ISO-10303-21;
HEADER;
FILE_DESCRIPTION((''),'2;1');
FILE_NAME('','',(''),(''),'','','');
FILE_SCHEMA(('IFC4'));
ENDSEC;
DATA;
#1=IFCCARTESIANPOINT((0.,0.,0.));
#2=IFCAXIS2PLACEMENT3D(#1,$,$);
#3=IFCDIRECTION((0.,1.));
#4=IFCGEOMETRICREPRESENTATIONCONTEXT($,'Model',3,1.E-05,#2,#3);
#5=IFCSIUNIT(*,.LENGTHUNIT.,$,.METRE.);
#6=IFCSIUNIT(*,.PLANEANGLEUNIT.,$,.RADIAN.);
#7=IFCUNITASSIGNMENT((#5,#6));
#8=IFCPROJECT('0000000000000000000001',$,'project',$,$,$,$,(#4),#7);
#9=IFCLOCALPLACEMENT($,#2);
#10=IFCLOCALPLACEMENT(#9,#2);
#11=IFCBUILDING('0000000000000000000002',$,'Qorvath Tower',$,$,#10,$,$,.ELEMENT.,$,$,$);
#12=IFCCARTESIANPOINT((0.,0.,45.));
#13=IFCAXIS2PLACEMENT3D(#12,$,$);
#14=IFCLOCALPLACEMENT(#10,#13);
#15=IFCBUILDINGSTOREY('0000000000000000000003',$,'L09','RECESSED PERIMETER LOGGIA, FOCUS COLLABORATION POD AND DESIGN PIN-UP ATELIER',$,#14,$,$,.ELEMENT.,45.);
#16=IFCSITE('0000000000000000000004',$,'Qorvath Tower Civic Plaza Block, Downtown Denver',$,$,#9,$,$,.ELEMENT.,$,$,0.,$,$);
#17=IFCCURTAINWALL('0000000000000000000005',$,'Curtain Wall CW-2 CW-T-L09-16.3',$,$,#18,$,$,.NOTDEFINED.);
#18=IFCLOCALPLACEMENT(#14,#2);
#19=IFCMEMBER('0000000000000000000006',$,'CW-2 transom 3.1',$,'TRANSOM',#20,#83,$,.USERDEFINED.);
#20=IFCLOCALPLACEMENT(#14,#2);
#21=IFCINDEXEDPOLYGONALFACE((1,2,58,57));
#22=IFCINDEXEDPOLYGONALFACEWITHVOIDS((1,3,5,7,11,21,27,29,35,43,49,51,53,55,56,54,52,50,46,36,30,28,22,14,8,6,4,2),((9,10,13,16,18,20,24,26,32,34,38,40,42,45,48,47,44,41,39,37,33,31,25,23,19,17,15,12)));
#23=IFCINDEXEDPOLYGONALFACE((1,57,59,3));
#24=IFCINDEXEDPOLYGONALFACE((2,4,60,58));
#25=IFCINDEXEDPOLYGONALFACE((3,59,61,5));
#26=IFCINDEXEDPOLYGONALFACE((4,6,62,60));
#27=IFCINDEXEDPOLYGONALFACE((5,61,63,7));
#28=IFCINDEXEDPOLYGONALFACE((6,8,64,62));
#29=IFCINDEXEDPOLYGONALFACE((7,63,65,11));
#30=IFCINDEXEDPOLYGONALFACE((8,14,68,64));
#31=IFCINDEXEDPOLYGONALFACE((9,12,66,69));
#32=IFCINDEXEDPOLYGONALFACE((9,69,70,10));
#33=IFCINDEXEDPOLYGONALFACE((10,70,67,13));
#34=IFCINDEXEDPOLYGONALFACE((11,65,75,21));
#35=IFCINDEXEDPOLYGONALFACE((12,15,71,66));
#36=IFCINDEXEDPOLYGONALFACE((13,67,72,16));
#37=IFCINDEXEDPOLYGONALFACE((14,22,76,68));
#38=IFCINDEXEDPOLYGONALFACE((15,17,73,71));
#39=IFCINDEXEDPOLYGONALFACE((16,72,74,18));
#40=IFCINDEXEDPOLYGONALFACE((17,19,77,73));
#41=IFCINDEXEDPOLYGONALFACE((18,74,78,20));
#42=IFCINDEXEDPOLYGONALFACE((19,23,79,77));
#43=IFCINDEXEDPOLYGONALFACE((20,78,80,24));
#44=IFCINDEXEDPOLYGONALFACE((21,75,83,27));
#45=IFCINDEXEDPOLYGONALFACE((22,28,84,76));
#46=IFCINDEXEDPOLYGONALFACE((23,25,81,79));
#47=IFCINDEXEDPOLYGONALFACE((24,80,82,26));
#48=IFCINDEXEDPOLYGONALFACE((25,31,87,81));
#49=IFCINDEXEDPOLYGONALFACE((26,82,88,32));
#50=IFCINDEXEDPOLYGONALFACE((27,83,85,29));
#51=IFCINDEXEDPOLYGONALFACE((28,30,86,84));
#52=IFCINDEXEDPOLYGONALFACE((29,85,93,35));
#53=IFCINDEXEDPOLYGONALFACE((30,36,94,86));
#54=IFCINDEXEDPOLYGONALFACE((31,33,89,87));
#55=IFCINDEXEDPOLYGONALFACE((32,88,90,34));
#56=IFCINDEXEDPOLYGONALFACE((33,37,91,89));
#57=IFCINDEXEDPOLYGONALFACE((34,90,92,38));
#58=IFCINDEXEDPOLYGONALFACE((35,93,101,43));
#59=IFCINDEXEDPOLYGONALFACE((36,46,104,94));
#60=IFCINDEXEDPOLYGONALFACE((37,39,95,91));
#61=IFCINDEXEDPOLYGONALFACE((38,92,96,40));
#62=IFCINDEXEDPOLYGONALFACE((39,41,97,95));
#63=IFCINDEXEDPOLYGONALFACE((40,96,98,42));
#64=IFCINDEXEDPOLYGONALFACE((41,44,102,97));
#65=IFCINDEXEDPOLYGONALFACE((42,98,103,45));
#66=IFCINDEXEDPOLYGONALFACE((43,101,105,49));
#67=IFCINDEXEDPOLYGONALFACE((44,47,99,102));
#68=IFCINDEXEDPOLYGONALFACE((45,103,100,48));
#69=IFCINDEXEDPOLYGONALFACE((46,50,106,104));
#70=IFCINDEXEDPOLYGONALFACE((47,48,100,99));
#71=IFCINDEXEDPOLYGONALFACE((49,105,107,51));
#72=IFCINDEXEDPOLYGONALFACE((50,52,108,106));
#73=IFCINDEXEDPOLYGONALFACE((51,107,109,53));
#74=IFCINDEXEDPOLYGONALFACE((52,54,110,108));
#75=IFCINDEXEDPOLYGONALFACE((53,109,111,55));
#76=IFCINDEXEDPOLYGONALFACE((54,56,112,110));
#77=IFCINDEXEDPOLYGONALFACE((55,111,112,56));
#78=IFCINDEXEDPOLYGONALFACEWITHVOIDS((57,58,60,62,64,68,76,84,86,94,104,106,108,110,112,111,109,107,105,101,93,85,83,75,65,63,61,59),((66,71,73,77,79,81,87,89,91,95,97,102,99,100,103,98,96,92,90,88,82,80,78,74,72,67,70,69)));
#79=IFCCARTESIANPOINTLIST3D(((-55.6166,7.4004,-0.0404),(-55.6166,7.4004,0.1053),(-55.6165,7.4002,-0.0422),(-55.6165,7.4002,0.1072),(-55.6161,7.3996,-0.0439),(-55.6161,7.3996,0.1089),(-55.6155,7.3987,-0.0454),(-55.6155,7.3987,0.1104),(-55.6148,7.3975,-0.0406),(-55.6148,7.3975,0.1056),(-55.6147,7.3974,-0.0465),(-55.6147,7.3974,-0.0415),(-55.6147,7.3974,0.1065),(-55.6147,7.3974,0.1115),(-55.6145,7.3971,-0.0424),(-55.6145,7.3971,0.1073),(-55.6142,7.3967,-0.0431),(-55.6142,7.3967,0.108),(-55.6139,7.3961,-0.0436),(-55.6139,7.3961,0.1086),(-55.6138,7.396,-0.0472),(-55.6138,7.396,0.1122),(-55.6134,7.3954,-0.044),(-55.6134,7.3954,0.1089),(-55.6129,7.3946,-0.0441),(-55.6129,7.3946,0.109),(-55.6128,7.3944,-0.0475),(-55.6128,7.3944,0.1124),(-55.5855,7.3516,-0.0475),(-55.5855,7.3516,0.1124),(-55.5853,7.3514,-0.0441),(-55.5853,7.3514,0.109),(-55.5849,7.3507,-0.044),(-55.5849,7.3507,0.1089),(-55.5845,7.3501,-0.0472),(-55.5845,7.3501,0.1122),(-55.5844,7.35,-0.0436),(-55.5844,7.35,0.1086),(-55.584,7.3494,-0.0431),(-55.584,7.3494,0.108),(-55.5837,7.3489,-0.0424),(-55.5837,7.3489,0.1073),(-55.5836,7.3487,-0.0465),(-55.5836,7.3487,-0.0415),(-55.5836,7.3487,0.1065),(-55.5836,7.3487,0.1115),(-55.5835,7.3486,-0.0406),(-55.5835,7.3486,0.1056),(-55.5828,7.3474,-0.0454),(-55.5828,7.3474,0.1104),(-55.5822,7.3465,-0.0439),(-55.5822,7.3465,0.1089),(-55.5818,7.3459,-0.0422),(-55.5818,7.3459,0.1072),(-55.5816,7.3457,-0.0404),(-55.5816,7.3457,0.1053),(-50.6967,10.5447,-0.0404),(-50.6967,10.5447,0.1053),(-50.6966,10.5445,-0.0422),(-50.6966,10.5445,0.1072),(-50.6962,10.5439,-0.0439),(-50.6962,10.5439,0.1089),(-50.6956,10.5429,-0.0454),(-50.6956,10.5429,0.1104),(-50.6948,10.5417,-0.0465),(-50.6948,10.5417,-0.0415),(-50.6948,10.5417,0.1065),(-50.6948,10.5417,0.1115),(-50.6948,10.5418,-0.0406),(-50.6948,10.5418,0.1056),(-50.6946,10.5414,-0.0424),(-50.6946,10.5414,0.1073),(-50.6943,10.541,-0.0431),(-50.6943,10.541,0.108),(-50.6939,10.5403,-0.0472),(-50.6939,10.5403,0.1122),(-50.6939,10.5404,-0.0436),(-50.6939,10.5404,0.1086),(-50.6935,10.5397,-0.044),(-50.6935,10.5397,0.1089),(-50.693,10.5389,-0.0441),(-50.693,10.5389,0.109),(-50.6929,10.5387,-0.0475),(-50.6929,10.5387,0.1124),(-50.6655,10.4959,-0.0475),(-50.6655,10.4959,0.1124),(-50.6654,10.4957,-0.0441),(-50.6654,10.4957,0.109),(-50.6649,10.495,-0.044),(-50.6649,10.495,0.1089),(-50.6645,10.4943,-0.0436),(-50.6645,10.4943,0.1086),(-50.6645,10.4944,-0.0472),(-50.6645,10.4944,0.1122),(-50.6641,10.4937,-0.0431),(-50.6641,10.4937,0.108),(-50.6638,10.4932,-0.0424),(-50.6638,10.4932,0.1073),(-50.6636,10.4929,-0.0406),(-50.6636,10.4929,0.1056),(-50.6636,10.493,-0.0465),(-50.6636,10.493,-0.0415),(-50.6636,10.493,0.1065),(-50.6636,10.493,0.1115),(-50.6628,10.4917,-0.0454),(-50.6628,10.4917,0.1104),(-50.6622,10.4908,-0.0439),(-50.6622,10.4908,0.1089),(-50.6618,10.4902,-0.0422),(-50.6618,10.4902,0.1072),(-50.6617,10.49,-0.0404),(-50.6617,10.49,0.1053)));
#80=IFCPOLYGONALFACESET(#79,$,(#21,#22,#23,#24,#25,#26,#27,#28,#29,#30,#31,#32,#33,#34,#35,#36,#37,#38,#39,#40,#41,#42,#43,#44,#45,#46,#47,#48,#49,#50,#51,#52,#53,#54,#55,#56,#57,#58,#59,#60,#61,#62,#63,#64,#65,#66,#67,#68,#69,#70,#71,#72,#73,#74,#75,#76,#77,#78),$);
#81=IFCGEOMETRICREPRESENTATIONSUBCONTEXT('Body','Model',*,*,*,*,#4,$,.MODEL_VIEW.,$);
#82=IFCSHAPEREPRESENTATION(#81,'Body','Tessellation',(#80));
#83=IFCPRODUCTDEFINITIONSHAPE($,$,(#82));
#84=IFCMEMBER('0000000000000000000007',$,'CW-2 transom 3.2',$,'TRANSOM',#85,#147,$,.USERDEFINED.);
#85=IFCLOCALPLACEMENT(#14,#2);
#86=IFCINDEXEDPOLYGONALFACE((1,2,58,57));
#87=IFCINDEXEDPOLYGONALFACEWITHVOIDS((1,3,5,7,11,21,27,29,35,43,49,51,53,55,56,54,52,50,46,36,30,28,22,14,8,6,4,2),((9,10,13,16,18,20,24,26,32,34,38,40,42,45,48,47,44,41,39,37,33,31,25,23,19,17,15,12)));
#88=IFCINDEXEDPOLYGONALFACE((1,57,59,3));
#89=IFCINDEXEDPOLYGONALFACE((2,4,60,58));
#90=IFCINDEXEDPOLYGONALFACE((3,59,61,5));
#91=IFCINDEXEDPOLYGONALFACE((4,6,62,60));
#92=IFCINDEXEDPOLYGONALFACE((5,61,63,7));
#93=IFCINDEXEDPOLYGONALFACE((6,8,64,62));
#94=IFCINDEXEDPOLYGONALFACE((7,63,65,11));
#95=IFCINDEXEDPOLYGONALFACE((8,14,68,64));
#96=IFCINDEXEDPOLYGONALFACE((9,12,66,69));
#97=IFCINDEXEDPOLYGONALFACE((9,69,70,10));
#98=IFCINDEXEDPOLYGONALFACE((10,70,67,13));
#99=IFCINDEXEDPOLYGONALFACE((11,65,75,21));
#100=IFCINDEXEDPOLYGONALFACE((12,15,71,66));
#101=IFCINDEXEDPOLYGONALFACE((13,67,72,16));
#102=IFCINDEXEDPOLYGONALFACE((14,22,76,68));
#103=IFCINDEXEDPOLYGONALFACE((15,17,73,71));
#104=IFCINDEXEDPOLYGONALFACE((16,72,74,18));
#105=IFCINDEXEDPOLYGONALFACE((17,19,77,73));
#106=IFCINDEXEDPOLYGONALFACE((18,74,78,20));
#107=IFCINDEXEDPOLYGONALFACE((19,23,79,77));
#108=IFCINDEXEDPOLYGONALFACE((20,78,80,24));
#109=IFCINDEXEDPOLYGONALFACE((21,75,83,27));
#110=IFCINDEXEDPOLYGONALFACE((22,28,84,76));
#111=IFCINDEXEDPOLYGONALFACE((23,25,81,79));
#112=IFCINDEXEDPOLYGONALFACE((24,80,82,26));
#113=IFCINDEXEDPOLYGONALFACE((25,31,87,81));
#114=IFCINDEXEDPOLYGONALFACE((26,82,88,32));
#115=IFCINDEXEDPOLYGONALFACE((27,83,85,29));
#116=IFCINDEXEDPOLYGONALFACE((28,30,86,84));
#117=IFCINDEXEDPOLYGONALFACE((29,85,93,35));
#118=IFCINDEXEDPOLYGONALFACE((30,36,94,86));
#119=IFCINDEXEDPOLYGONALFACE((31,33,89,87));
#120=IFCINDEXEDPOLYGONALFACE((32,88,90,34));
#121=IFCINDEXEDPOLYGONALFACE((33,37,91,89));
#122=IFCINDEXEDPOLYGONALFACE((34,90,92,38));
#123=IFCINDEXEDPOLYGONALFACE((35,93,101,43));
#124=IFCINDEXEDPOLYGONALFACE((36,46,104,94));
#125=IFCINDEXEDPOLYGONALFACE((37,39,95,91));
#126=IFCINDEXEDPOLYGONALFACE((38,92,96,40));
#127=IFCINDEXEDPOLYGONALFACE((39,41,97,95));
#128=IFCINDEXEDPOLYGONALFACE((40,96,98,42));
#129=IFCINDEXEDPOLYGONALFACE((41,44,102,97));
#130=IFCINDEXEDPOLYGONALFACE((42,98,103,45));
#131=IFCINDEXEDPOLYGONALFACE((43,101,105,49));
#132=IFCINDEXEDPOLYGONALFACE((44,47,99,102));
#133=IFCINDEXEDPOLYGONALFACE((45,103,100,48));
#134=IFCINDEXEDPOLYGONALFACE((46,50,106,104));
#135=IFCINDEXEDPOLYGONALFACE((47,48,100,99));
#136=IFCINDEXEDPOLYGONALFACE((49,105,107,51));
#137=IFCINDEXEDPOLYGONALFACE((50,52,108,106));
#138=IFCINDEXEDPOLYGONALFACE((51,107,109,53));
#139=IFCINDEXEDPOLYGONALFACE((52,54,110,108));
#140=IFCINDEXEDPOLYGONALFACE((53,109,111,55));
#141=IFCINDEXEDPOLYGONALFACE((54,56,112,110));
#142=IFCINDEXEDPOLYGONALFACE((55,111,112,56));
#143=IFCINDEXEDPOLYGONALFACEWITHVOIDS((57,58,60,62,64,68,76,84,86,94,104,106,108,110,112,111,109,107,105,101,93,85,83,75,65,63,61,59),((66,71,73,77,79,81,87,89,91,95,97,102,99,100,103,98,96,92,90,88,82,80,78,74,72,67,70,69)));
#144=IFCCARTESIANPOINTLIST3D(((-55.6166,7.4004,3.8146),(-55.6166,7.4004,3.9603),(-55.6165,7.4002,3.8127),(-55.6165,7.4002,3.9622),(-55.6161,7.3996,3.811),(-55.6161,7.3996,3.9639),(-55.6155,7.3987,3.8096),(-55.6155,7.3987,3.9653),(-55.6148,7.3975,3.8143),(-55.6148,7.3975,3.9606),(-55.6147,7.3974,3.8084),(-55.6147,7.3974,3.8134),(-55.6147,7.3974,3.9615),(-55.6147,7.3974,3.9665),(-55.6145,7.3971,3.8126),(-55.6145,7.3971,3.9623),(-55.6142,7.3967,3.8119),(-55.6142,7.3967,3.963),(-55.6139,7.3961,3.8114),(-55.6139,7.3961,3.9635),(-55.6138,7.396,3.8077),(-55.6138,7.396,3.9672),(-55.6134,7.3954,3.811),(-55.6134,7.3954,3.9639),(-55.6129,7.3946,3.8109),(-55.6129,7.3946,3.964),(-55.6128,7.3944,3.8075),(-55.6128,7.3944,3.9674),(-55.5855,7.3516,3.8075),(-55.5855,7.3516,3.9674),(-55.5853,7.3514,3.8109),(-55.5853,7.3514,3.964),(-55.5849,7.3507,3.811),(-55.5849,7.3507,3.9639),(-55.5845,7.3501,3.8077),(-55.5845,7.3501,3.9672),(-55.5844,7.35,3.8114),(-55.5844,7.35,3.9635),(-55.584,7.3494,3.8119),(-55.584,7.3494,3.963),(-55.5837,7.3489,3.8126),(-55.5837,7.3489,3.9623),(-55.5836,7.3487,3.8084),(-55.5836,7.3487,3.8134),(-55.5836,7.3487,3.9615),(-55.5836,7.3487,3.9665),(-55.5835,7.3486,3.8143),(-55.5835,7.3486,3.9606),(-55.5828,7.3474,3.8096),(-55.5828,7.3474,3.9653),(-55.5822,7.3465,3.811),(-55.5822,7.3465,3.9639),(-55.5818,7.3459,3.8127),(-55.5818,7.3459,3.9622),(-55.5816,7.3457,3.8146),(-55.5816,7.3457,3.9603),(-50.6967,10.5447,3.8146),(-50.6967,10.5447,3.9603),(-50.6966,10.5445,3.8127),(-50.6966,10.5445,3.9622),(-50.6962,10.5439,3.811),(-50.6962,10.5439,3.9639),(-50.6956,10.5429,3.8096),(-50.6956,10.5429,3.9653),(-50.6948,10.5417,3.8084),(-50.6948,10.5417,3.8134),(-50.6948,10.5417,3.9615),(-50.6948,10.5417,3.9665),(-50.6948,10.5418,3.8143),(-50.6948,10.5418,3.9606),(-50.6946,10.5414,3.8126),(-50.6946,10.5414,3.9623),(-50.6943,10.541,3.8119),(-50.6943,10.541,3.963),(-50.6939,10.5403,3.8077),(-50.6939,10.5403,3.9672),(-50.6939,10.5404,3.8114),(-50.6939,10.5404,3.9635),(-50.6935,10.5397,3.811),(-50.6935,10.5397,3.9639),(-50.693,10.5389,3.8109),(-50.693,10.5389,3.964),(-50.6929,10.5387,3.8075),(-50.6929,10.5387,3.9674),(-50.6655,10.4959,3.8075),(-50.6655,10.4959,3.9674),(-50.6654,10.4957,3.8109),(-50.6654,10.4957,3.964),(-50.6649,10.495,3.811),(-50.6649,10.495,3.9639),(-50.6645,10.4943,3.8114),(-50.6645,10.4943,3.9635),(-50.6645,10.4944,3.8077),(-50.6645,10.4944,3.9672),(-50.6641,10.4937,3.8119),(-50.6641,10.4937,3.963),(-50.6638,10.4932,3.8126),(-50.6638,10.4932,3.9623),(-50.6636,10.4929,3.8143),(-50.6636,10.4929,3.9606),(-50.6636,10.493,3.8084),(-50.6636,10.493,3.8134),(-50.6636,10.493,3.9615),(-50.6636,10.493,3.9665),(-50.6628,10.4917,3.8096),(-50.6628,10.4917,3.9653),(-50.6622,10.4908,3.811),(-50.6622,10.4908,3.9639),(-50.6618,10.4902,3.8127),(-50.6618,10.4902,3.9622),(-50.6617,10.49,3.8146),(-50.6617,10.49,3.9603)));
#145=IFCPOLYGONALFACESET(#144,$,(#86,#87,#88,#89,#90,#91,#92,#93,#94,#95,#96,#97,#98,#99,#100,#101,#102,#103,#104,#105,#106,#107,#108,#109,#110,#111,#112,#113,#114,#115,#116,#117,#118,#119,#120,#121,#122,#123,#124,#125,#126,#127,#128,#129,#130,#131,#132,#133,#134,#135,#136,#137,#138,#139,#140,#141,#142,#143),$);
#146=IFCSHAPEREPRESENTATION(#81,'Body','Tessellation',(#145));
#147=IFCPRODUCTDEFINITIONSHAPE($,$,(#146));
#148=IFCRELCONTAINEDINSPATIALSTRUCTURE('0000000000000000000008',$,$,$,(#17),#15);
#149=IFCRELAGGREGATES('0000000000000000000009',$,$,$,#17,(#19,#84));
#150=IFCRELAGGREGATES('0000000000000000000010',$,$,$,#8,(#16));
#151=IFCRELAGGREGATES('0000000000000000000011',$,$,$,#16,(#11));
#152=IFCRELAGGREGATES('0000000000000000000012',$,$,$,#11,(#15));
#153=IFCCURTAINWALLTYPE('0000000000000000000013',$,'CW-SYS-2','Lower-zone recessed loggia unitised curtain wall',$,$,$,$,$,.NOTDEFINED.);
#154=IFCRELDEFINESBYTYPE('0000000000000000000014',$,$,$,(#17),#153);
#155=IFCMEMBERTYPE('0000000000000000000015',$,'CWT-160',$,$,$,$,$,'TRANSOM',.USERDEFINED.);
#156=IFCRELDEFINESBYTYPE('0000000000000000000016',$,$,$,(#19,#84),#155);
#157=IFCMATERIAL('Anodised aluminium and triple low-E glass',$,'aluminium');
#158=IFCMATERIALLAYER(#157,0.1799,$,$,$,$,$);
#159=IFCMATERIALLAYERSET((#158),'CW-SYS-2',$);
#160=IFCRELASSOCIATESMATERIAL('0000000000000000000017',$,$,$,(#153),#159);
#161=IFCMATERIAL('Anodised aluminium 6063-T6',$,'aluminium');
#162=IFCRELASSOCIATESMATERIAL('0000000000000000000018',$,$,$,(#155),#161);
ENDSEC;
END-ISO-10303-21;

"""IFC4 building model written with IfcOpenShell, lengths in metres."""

from ifc_helpers import new_model, si_unit, direction, frame, origin, origin_2d, place, context, subcontext, project, spatial, hollow_rectangle, extrude, material, layer, layer_set, material_profile, profile_set, type_object, element, aggregate, save


model = new_model("IFC4")

# Units and contexts
model_context = context("Model", 3, precision=1e-05, world=origin(), true_north=direction((0.0, 1.0)))
body_context = subcontext(model_context, "Body", "Model", "MODEL_VIEW")
ifc_project = project(units=[si_unit("LENGTHUNIT", "METRE"), si_unit("PLANEANGLEUNIT", "RADIAN")], contexts=[model_context])

# Site, building, storey
site_placement = place(None, origin())
site = spatial("IfcSite", under=ifc_project, at=site_placement, Name="Qorvath Tower Civic Plaza Block, Downtown Denver", CompositionType="ELEMENT", RefElevation=0.0)
building_placement = place(site_placement, origin())
building = spatial("IfcBuilding", under=site, at=building_placement, Name="Qorvath Tower", CompositionType="ELEMENT")
storey_placement = place(building_placement, frame((0.0, 0.0, 45.0)))
storey = spatial("IfcBuildingStorey", under=building, at=storey_placement, Name="L09", Description="RECESSED PERIMETER LOGGIA, FOCUS COLLABORATION POD AND DESIGN PIN-UP ATELIER", CompositionType="ELEMENT", Elevation=45.0)

# Curtain wall, members
ifc_material_1 = material(Name="Anodised aluminium and triple low-E glass", Category="aluminium")
ifc_layer_1 = layer(ifc_material_1, 0.1799)
ifc_layer_set_1 = layer_set([ifc_layer_1], Name="CW-SYS-2")
curtain_wall_type = type_object("IfcCurtainWallType", Name="CW-SYS-2", Description="Lower-zone recessed loggia unitised curtain wall", PredefinedType="NOTDEFINED", material=ifc_layer_set_1)
curtain_wall_placement = place(storey_placement, origin())
curtain_wall = element("IfcCurtainWall", 1, at=curtain_wall_placement, inside=storey, type_object=curtain_wall_type, Name="Curtain Wall CW-2 CW-T-L09-16.3", PredefinedType="NOTDEFINED")
ifc_material_2 = material(Name="Anodised aluminium 6063-T6", Category="aluminium")
ifc_material_profile_1 = material_profile(ifc_material_2, hollow_rectangle(XDim=0.0649, YDim=0.1599, WallThickness=0.0034, InnerFilletRadius=0.0034, OuterFilletRadius=0.0071, at=origin_2d()), Name="CWT 160x65")
ifc_profile_set_1 = profile_set([ifc_material_profile_1], Name="Anodised aluminium 6063-T6")
member_type_1 = type_object("IfcMemberType", Name="CWT-160", ElementType="TRANSOM", PredefinedType="USERDEFINED", material=ifc_profile_set_1)
member_1_placement = place(storey_placement, frame((-50.6792, 10.5173, 0.0325), z_axis=(-0.842618, -0.538511, 0.0), x_axis=(0.538511, -0.842618, 0.0)))
member_1 = element("IfcMember", 2, at=member_1_placement, type_object=member_type_1, Name="CW-2 transom 3.1", ObjectType="TRANSOM", PredefinedType="USERDEFINED", context=body_context, shape_type="SweptSolid", body=[
    extrude(hollow_rectangle(XDim=0.0649, YDim=0.1599, WallThickness=0.0034, InnerFilletRadius=0.0034, OuterFilletRadius=0.0071, at=origin_2d()), origin(), (0.0, 0.0, 1.0), 5.8389),
])
member_2_placement = place(storey_placement, frame((-50.6792, 10.5173, 3.8875), z_axis=(-0.842618, -0.538511, 0.0), x_axis=(0.538511, -0.842618, 0.0)))
member_2 = element("IfcMember", 3, at=member_2_placement, type_object=member_type_1, Name="CW-2 transom 3.2", ObjectType="TRANSOM", PredefinedType="USERDEFINED", context=body_context, shape_type="SweptSolid", body=[
    extrude(hollow_rectangle(XDim=0.0649, YDim=0.1599, WallThickness=0.0034, InnerFilletRadius=0.0034, OuterFilletRadius=0.0071, at=origin_2d()), origin(), (0.0, 0.0, 1.0), 5.8389),
])
aggregate(curtain_wall, [member_1, member_2])

save(model, "model.ifc")
